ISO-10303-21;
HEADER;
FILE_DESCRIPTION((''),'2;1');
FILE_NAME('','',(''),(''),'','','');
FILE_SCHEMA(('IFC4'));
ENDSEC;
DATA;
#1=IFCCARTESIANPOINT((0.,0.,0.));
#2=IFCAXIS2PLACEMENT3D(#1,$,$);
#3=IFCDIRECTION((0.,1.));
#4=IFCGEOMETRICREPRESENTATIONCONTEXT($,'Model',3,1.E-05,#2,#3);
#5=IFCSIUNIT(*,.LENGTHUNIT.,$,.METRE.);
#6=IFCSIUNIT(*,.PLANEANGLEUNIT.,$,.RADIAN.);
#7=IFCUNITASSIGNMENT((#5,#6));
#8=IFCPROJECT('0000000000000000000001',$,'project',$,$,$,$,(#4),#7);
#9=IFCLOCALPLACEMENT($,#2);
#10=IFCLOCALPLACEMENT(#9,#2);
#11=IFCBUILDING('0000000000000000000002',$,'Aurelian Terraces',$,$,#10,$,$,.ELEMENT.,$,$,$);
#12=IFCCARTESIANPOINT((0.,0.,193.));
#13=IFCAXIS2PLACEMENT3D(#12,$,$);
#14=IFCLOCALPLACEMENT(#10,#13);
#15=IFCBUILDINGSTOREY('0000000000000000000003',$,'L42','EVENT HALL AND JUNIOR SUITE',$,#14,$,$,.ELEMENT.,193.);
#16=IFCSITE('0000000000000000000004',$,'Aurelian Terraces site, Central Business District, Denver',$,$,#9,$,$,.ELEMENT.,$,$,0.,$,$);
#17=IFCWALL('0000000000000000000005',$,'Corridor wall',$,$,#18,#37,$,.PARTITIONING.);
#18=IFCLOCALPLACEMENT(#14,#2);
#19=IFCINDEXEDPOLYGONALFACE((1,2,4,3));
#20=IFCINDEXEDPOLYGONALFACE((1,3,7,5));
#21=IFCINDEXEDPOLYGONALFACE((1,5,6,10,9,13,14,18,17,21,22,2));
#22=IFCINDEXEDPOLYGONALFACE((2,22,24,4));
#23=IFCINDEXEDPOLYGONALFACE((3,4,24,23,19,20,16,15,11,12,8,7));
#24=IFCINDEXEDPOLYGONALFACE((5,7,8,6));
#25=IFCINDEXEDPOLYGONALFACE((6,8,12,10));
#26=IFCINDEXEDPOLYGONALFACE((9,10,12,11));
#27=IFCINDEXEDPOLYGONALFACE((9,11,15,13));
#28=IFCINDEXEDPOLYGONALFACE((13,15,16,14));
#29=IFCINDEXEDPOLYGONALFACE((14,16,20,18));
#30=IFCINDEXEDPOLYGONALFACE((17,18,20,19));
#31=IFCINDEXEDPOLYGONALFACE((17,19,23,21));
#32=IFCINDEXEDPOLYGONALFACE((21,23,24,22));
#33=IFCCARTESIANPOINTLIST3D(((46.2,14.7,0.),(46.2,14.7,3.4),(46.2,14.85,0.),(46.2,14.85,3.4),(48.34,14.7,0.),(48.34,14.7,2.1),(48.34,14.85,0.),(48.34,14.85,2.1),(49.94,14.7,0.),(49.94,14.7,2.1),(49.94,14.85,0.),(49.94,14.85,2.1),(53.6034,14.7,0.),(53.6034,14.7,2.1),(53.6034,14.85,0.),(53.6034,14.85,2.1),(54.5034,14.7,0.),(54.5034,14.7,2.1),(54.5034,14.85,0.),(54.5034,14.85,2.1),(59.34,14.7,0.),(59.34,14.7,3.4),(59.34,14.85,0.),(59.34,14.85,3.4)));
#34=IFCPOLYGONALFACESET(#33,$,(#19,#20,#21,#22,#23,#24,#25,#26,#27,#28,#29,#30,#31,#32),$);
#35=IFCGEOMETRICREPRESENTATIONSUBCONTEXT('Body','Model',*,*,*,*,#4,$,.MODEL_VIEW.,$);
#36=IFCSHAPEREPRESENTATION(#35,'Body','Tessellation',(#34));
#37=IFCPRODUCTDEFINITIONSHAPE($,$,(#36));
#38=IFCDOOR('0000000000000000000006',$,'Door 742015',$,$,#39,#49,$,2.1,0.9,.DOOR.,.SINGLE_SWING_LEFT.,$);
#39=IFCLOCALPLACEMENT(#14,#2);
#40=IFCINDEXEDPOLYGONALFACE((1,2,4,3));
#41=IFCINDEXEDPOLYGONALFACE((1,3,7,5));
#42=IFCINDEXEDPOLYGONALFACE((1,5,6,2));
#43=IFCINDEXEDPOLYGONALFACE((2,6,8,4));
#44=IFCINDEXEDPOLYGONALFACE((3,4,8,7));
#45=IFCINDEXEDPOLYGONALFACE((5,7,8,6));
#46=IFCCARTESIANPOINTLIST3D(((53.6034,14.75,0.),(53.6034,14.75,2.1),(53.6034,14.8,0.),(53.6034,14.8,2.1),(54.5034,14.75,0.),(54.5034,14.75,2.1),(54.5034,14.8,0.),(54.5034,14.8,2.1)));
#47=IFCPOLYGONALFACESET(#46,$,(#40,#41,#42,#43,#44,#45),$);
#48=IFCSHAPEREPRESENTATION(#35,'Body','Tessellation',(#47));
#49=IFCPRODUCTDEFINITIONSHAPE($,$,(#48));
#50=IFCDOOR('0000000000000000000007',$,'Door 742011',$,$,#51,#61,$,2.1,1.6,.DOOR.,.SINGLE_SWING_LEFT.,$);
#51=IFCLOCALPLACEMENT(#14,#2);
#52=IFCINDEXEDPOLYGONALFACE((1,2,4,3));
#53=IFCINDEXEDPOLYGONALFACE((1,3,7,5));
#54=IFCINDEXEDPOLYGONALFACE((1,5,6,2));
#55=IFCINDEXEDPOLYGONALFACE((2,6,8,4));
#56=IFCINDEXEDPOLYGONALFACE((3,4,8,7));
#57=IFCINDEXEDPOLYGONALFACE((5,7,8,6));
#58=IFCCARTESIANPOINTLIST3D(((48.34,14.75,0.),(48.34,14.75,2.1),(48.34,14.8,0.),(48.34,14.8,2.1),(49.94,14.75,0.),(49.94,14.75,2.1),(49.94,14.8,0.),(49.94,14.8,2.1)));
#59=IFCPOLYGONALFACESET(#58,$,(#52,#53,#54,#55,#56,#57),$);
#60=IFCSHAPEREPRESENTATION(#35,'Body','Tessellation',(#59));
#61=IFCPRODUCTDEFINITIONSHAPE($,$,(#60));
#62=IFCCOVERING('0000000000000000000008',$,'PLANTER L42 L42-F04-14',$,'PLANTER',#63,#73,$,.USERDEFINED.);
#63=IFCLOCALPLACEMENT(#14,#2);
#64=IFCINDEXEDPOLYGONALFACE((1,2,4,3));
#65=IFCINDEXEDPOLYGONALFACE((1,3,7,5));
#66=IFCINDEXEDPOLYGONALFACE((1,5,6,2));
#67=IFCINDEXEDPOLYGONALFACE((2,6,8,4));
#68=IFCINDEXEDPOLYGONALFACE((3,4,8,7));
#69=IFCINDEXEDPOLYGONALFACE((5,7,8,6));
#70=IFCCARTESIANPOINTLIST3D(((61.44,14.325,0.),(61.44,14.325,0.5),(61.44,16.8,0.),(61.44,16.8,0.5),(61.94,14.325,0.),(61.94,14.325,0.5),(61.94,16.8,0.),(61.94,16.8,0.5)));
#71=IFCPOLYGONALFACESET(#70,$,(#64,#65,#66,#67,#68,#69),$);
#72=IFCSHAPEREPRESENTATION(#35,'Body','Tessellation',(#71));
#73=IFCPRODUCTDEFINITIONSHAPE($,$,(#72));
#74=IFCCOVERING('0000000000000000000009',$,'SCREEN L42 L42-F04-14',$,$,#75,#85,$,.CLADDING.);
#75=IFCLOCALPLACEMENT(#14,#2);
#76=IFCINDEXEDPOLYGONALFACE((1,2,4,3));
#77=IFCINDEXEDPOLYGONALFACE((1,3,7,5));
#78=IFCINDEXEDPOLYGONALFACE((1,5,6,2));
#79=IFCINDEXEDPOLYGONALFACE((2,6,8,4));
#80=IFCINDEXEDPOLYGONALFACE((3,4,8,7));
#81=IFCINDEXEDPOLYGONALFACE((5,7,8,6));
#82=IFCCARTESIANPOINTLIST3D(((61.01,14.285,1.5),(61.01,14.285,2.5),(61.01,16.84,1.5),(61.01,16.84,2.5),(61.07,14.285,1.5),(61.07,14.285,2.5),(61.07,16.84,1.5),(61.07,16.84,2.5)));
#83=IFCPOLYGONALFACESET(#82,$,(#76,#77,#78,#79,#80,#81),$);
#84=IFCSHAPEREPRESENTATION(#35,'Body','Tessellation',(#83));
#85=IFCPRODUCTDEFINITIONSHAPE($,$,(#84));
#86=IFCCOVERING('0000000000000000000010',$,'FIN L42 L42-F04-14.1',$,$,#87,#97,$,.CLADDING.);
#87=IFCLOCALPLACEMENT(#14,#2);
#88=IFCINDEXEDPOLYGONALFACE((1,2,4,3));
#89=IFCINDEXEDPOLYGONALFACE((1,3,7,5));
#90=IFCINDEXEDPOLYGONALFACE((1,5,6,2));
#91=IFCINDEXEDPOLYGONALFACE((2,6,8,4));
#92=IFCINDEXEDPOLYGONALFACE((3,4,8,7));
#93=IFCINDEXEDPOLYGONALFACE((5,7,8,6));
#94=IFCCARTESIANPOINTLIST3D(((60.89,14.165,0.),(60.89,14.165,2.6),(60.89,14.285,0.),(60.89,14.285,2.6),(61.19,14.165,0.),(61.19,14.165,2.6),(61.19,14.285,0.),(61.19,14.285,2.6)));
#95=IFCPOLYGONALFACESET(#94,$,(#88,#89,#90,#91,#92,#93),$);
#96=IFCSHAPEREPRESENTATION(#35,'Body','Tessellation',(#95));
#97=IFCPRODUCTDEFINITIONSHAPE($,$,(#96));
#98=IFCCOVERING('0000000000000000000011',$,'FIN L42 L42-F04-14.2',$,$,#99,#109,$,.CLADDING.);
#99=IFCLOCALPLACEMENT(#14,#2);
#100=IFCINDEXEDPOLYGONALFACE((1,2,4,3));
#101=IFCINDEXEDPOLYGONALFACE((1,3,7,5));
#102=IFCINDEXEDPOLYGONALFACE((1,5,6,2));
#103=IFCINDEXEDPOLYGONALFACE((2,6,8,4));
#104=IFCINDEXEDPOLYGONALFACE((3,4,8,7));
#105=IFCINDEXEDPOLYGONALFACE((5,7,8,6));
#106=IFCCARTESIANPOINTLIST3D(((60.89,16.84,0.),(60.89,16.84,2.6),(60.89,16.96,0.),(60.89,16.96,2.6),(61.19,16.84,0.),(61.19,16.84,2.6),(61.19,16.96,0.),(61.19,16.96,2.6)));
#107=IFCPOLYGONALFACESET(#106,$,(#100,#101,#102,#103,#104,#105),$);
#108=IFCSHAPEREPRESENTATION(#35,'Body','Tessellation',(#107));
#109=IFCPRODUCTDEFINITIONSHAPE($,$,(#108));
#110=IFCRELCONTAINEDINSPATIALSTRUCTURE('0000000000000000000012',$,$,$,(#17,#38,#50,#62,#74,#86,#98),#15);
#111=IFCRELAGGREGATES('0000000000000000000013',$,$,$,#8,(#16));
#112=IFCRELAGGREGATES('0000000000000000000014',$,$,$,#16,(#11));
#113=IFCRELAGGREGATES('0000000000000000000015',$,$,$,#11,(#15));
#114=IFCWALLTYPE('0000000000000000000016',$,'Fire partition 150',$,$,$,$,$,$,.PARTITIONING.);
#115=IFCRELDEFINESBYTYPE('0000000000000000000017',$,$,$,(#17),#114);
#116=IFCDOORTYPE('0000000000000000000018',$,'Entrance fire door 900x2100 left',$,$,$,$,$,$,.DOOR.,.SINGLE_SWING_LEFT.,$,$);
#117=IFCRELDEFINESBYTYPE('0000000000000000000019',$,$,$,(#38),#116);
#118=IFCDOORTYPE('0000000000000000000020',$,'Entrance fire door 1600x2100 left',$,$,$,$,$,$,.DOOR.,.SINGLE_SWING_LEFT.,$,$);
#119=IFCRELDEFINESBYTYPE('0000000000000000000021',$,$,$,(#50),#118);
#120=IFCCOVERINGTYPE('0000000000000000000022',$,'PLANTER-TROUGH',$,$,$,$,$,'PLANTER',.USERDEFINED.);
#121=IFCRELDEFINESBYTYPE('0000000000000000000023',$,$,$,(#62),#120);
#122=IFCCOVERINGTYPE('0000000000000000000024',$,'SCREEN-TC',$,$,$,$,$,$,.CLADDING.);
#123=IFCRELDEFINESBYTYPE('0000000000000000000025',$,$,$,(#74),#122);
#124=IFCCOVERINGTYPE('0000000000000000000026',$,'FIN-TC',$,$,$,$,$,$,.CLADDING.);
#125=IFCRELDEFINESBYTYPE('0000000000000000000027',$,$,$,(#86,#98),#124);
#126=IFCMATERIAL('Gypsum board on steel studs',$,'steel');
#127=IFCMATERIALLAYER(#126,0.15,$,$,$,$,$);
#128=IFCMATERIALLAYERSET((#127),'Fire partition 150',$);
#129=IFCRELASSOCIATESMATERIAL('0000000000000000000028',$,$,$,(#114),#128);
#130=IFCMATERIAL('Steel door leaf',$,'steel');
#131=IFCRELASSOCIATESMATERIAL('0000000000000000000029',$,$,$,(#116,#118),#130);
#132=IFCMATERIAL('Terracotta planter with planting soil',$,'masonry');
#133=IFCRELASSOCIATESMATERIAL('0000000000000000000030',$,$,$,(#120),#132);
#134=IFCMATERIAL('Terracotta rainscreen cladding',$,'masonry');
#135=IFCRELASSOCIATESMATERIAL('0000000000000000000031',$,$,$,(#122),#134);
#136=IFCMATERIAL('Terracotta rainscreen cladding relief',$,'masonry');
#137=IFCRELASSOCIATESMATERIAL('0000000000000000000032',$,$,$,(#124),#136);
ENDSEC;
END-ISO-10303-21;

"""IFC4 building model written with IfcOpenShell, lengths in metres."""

from ifc_helpers import new_model, si_unit, direction, frame, frame_2d, origin, origin_2d, place, context, subcontext, project, spatial, rectangle, extrude, source, transform, mapped, material, layer, layer_set, type_object, element, fill, save


model = new_model("IFC4")

# Units and contexts
model_context = context("Model", 3, precision=1e-05, world=origin(), true_north=direction((0.0, 1.0)))
body_context = subcontext(model_context, "Body", "Model", "MODEL_VIEW")
ifc_project = project(units=[si_unit("LENGTHUNIT", "METRE"), si_unit("PLANEANGLEUNIT", "RADIAN")], contexts=[model_context])

# Site, building, storey
site_placement = place(None, origin())
site = spatial("IfcSite", under=ifc_project, at=site_placement, Name="Aurelian Terraces site, Central Business District, Denver", CompositionType="ELEMENT", RefElevation=0.0)
building_placement = place(site_placement, origin())
building = spatial("IfcBuilding", under=site, at=building_placement, Name="Aurelian Terraces", CompositionType="ELEMENT")
storey_placement = place(building_placement, frame((0.0, 0.0, 193.0)))
storey = spatial("IfcBuildingStorey", under=building, at=storey_placement, Name="L42", Description="EVENT HALL AND JUNIOR SUITE", CompositionType="ELEMENT", Elevation=193.0)

# Shared definitions
ifc_material_1 = material(Name="Terracotta rainscreen cladding", Category="masonry")

# Shared definitions
ifc_material_2 = material(Name="Gypsum board on steel studs", Category="steel")
ifc_layer_1 = layer(ifc_material_2, 0.15)
ifc_layer_set_1 = layer_set([ifc_layer_1], Name="Fire partition 150")
wall_type_1 = type_object("IfcWallType", Name="Fire partition 150", PredefinedType="PARTITIONING", material=ifc_layer_set_1)
shared_shape_1 = source(origin(), body_context, "Body", "SweptSolid", [
    extrude(rectangle(XDim=0.9, YDim=2.1, at=frame_2d((0.45, 1.05))), frame((0.0, 0.085, 0.0), z_axis=(0.0, -1.0, 0.0), x_axis=(1.0, 0.0, 0.0)), (0.0, 0.0, 1.0), 0.17),
])
shared_shape_2 = source(origin(), body_context, "Body", "SweptSolid", [
    extrude(rectangle(XDim=0.9, YDim=2.1, at=frame_2d((0.45, 1.05))), frame((0.0, 0.025, 0.0), z_axis=(0.0, -1.0, 0.0), x_axis=(1.0, 0.0, 0.0)), (0.0, 0.0, 1.0), 0.05),
])

# Wall, openings, doors
shared_shape_3 = source(origin(), body_context, "Body", "SweptSolid", [
    extrude(rectangle(XDim=13.14, YDim=0.15, at=frame_2d((6.57, 0.0))), origin(), (0.0, 0.0, 1.0), 3.4),
])
wall_1_placement = place(storey_placement, frame((59.34, 14.775, 0.0), z_axis=(0.0, 0.0, 1.0), x_axis=(-1.0, 0.0, 0.0)))
wall_1 = element("IfcWall", 1, at=wall_1_placement, inside=storey, type_object=wall_type_1, Name="Corridor wall", PredefinedType="PARTITIONING", context=body_context, shape_type="MappedRepresentation", body=[
    mapped(shared_shape_3, transform((0.0, 0.0, 0.0), scale=1.0)),
])
shared_shape_4 = source(origin(), body_context, "Body", "SweptSolid", [
    extrude(rectangle(XDim=1.6, YDim=2.1, at=frame_2d((0.8, 1.05))), frame((0.0, 0.085, 0.0), z_axis=(0.0, -1.0, 0.0), x_axis=(1.0, 0.0, 0.0)), (0.0, 0.0, 1.0), 0.17),
])
opening_1_placement = place(wall_1_placement, frame((9.4, 0.0, 0.0)))
opening_1 = element("IfcOpeningElement", 2, at=opening_1_placement, cuts=wall_1, PredefinedType="OPENING", context=body_context, shape_type="MappedRepresentation", body=[
    mapped(shared_shape_4, transform((0.0, 0.0, 0.0), scale=1.0)),
])
opening_2_placement = place(wall_1_placement, frame((4.8366, 0.0, 0.0)))
opening_2 = element("IfcOpeningElement", 3, at=opening_2_placement, cuts=wall_1, PredefinedType="OPENING", context=body_context, shape_type="MappedRepresentation", body=[
    mapped(shared_shape_1, transform((0.0, 0.0, 0.0), scale=1.0)),
])
ifc_material_3 = material(Name="Steel door leaf", Category="steel")
door_type_1 = type_object("IfcDoorType", Name="Entrance fire door 900x2100 left", OperationType="SINGLE_SWING_LEFT", PredefinedType="DOOR", material=ifc_material_3)
door_1_placement = place(opening_2_placement, origin())
door_1 = element("IfcDoor", 4, at=door_1_placement, inside=storey, type_object=door_type_1, Name="Door 742015", OperationType="SINGLE_SWING_LEFT", OverallHeight=2.1, OverallWidth=0.9, PredefinedType="DOOR", context=body_context, shape_type="MappedRepresentation", body=[
    mapped(shared_shape_2, transform((0.0, 0.0, 0.0), scale=1.0)),
])
fill(opening_2, door_1)
door_type_2 = type_object("IfcDoorType", Name="Entrance fire door 1600x2100 left", OperationType="SINGLE_SWING_LEFT", PredefinedType="DOOR", material=ifc_material_3)
shared_shape_5 = source(origin(), body_context, "Body", "SweptSolid", [
    extrude(rectangle(XDim=1.6, YDim=2.1, at=frame_2d((0.8, 1.05))), frame((0.0, 0.025, 0.0), z_axis=(0.0, -1.0, 0.0), x_axis=(1.0, 0.0, 0.0)), (0.0, 0.0, 1.0), 0.05),
])
door_2_placement = place(opening_1_placement, origin())
door_2 = element("IfcDoor", 5, at=door_2_placement, inside=storey, type_object=door_type_2, Name="Door 742011", OperationType="SINGLE_SWING_LEFT", OverallHeight=2.1, OverallWidth=1.6, PredefinedType="DOOR", context=body_context, shape_type="MappedRepresentation", body=[
    mapped(shared_shape_5, transform((0.0, 0.0, 0.0), scale=1.0)),
])
fill(opening_1, door_2)

# Coverings
ifc_material_4 = material(Name="Terracotta planter with planting soil", Category="masonry")
covering_type_1 = type_object("IfcCoveringType", Name="PLANTER-TROUGH", ElementType="PLANTER", PredefinedType="USERDEFINED", material=ifc_material_4)
covering_1_placement = place(storey_placement, frame((61.69, 15.5625, 0.0), z_axis=(0.0, 0.0, 1.0), x_axis=(1.0, 0.0, 0.0)))
element("IfcCovering", 6, at=covering_1_placement, inside=storey, type_object=covering_type_1, Name="PLANTER L42 L42-F04-14", ObjectType="PLANTER", PredefinedType="USERDEFINED", context=body_context, shape_type="SweptSolid", body=[
    extrude(rectangle(XDim=0.5, YDim=2.475, at=origin_2d()), origin(), (0.0, 0.0, 1.0), 0.5),
])
covering_type_2 = type_object("IfcCoveringType", Name="SCREEN-TC", PredefinedType="CLADDING", material=ifc_material_1)
covering_2_placement = place(storey_placement, frame((61.04, 15.5625, 1.5), z_axis=(0.0, 0.0, 1.0), x_axis=(1.0, 0.0, 0.0)))
element("IfcCovering", 7, at=covering_2_placement, inside=storey, type_object=covering_type_2, Name="SCREEN L42 L42-F04-14", PredefinedType="CLADDING", context=body_context, shape_type="SweptSolid", body=[
    extrude(rectangle(XDim=0.06, YDim=2.555, at=origin_2d()), origin(), (0.0, 0.0, 1.0), 1.0),
])
ifc_material_5 = material(Name="Terracotta rainscreen cladding relief", Category="masonry")
covering_type_3 = type_object("IfcCoveringType", Name="FIN-TC", PredefinedType="CLADDING", material=ifc_material_5)
shared_shape_6 = source(origin(), body_context, "Body", "SweptSolid", [
    extrude(rectangle(XDim=0.3, YDim=0.12, at=origin_2d()), origin(), (0.0, 0.0, 1.0), 2.6),
])
for number, where, z_axis, x_axis, name in (
    (8, (61.04, 14.225, 0.0), (0.0, 0.0, 1.0), (1.0, 0.0, 0.0), "FIN L42 L42-F04-14.1"),
    (9, (61.04, 16.9, 0.0), (0.0, 0.0, 1.0), (1.0, 0.0, 0.0), "FIN L42 L42-F04-14.2"),
):
    element("IfcCovering", number, at=place(storey_placement, frame(where, z_axis=z_axis, x_axis=x_axis)), inside=storey, type_object=covering_type_3, Name=name, PredefinedType="CLADDING", context=body_context, shape_type="MappedRepresentation", body=[
        mapped(shared_shape_6, transform((0.0, 0.0, 0.0), scale=1.0)),
    ])

save(model, "model.ifc")
